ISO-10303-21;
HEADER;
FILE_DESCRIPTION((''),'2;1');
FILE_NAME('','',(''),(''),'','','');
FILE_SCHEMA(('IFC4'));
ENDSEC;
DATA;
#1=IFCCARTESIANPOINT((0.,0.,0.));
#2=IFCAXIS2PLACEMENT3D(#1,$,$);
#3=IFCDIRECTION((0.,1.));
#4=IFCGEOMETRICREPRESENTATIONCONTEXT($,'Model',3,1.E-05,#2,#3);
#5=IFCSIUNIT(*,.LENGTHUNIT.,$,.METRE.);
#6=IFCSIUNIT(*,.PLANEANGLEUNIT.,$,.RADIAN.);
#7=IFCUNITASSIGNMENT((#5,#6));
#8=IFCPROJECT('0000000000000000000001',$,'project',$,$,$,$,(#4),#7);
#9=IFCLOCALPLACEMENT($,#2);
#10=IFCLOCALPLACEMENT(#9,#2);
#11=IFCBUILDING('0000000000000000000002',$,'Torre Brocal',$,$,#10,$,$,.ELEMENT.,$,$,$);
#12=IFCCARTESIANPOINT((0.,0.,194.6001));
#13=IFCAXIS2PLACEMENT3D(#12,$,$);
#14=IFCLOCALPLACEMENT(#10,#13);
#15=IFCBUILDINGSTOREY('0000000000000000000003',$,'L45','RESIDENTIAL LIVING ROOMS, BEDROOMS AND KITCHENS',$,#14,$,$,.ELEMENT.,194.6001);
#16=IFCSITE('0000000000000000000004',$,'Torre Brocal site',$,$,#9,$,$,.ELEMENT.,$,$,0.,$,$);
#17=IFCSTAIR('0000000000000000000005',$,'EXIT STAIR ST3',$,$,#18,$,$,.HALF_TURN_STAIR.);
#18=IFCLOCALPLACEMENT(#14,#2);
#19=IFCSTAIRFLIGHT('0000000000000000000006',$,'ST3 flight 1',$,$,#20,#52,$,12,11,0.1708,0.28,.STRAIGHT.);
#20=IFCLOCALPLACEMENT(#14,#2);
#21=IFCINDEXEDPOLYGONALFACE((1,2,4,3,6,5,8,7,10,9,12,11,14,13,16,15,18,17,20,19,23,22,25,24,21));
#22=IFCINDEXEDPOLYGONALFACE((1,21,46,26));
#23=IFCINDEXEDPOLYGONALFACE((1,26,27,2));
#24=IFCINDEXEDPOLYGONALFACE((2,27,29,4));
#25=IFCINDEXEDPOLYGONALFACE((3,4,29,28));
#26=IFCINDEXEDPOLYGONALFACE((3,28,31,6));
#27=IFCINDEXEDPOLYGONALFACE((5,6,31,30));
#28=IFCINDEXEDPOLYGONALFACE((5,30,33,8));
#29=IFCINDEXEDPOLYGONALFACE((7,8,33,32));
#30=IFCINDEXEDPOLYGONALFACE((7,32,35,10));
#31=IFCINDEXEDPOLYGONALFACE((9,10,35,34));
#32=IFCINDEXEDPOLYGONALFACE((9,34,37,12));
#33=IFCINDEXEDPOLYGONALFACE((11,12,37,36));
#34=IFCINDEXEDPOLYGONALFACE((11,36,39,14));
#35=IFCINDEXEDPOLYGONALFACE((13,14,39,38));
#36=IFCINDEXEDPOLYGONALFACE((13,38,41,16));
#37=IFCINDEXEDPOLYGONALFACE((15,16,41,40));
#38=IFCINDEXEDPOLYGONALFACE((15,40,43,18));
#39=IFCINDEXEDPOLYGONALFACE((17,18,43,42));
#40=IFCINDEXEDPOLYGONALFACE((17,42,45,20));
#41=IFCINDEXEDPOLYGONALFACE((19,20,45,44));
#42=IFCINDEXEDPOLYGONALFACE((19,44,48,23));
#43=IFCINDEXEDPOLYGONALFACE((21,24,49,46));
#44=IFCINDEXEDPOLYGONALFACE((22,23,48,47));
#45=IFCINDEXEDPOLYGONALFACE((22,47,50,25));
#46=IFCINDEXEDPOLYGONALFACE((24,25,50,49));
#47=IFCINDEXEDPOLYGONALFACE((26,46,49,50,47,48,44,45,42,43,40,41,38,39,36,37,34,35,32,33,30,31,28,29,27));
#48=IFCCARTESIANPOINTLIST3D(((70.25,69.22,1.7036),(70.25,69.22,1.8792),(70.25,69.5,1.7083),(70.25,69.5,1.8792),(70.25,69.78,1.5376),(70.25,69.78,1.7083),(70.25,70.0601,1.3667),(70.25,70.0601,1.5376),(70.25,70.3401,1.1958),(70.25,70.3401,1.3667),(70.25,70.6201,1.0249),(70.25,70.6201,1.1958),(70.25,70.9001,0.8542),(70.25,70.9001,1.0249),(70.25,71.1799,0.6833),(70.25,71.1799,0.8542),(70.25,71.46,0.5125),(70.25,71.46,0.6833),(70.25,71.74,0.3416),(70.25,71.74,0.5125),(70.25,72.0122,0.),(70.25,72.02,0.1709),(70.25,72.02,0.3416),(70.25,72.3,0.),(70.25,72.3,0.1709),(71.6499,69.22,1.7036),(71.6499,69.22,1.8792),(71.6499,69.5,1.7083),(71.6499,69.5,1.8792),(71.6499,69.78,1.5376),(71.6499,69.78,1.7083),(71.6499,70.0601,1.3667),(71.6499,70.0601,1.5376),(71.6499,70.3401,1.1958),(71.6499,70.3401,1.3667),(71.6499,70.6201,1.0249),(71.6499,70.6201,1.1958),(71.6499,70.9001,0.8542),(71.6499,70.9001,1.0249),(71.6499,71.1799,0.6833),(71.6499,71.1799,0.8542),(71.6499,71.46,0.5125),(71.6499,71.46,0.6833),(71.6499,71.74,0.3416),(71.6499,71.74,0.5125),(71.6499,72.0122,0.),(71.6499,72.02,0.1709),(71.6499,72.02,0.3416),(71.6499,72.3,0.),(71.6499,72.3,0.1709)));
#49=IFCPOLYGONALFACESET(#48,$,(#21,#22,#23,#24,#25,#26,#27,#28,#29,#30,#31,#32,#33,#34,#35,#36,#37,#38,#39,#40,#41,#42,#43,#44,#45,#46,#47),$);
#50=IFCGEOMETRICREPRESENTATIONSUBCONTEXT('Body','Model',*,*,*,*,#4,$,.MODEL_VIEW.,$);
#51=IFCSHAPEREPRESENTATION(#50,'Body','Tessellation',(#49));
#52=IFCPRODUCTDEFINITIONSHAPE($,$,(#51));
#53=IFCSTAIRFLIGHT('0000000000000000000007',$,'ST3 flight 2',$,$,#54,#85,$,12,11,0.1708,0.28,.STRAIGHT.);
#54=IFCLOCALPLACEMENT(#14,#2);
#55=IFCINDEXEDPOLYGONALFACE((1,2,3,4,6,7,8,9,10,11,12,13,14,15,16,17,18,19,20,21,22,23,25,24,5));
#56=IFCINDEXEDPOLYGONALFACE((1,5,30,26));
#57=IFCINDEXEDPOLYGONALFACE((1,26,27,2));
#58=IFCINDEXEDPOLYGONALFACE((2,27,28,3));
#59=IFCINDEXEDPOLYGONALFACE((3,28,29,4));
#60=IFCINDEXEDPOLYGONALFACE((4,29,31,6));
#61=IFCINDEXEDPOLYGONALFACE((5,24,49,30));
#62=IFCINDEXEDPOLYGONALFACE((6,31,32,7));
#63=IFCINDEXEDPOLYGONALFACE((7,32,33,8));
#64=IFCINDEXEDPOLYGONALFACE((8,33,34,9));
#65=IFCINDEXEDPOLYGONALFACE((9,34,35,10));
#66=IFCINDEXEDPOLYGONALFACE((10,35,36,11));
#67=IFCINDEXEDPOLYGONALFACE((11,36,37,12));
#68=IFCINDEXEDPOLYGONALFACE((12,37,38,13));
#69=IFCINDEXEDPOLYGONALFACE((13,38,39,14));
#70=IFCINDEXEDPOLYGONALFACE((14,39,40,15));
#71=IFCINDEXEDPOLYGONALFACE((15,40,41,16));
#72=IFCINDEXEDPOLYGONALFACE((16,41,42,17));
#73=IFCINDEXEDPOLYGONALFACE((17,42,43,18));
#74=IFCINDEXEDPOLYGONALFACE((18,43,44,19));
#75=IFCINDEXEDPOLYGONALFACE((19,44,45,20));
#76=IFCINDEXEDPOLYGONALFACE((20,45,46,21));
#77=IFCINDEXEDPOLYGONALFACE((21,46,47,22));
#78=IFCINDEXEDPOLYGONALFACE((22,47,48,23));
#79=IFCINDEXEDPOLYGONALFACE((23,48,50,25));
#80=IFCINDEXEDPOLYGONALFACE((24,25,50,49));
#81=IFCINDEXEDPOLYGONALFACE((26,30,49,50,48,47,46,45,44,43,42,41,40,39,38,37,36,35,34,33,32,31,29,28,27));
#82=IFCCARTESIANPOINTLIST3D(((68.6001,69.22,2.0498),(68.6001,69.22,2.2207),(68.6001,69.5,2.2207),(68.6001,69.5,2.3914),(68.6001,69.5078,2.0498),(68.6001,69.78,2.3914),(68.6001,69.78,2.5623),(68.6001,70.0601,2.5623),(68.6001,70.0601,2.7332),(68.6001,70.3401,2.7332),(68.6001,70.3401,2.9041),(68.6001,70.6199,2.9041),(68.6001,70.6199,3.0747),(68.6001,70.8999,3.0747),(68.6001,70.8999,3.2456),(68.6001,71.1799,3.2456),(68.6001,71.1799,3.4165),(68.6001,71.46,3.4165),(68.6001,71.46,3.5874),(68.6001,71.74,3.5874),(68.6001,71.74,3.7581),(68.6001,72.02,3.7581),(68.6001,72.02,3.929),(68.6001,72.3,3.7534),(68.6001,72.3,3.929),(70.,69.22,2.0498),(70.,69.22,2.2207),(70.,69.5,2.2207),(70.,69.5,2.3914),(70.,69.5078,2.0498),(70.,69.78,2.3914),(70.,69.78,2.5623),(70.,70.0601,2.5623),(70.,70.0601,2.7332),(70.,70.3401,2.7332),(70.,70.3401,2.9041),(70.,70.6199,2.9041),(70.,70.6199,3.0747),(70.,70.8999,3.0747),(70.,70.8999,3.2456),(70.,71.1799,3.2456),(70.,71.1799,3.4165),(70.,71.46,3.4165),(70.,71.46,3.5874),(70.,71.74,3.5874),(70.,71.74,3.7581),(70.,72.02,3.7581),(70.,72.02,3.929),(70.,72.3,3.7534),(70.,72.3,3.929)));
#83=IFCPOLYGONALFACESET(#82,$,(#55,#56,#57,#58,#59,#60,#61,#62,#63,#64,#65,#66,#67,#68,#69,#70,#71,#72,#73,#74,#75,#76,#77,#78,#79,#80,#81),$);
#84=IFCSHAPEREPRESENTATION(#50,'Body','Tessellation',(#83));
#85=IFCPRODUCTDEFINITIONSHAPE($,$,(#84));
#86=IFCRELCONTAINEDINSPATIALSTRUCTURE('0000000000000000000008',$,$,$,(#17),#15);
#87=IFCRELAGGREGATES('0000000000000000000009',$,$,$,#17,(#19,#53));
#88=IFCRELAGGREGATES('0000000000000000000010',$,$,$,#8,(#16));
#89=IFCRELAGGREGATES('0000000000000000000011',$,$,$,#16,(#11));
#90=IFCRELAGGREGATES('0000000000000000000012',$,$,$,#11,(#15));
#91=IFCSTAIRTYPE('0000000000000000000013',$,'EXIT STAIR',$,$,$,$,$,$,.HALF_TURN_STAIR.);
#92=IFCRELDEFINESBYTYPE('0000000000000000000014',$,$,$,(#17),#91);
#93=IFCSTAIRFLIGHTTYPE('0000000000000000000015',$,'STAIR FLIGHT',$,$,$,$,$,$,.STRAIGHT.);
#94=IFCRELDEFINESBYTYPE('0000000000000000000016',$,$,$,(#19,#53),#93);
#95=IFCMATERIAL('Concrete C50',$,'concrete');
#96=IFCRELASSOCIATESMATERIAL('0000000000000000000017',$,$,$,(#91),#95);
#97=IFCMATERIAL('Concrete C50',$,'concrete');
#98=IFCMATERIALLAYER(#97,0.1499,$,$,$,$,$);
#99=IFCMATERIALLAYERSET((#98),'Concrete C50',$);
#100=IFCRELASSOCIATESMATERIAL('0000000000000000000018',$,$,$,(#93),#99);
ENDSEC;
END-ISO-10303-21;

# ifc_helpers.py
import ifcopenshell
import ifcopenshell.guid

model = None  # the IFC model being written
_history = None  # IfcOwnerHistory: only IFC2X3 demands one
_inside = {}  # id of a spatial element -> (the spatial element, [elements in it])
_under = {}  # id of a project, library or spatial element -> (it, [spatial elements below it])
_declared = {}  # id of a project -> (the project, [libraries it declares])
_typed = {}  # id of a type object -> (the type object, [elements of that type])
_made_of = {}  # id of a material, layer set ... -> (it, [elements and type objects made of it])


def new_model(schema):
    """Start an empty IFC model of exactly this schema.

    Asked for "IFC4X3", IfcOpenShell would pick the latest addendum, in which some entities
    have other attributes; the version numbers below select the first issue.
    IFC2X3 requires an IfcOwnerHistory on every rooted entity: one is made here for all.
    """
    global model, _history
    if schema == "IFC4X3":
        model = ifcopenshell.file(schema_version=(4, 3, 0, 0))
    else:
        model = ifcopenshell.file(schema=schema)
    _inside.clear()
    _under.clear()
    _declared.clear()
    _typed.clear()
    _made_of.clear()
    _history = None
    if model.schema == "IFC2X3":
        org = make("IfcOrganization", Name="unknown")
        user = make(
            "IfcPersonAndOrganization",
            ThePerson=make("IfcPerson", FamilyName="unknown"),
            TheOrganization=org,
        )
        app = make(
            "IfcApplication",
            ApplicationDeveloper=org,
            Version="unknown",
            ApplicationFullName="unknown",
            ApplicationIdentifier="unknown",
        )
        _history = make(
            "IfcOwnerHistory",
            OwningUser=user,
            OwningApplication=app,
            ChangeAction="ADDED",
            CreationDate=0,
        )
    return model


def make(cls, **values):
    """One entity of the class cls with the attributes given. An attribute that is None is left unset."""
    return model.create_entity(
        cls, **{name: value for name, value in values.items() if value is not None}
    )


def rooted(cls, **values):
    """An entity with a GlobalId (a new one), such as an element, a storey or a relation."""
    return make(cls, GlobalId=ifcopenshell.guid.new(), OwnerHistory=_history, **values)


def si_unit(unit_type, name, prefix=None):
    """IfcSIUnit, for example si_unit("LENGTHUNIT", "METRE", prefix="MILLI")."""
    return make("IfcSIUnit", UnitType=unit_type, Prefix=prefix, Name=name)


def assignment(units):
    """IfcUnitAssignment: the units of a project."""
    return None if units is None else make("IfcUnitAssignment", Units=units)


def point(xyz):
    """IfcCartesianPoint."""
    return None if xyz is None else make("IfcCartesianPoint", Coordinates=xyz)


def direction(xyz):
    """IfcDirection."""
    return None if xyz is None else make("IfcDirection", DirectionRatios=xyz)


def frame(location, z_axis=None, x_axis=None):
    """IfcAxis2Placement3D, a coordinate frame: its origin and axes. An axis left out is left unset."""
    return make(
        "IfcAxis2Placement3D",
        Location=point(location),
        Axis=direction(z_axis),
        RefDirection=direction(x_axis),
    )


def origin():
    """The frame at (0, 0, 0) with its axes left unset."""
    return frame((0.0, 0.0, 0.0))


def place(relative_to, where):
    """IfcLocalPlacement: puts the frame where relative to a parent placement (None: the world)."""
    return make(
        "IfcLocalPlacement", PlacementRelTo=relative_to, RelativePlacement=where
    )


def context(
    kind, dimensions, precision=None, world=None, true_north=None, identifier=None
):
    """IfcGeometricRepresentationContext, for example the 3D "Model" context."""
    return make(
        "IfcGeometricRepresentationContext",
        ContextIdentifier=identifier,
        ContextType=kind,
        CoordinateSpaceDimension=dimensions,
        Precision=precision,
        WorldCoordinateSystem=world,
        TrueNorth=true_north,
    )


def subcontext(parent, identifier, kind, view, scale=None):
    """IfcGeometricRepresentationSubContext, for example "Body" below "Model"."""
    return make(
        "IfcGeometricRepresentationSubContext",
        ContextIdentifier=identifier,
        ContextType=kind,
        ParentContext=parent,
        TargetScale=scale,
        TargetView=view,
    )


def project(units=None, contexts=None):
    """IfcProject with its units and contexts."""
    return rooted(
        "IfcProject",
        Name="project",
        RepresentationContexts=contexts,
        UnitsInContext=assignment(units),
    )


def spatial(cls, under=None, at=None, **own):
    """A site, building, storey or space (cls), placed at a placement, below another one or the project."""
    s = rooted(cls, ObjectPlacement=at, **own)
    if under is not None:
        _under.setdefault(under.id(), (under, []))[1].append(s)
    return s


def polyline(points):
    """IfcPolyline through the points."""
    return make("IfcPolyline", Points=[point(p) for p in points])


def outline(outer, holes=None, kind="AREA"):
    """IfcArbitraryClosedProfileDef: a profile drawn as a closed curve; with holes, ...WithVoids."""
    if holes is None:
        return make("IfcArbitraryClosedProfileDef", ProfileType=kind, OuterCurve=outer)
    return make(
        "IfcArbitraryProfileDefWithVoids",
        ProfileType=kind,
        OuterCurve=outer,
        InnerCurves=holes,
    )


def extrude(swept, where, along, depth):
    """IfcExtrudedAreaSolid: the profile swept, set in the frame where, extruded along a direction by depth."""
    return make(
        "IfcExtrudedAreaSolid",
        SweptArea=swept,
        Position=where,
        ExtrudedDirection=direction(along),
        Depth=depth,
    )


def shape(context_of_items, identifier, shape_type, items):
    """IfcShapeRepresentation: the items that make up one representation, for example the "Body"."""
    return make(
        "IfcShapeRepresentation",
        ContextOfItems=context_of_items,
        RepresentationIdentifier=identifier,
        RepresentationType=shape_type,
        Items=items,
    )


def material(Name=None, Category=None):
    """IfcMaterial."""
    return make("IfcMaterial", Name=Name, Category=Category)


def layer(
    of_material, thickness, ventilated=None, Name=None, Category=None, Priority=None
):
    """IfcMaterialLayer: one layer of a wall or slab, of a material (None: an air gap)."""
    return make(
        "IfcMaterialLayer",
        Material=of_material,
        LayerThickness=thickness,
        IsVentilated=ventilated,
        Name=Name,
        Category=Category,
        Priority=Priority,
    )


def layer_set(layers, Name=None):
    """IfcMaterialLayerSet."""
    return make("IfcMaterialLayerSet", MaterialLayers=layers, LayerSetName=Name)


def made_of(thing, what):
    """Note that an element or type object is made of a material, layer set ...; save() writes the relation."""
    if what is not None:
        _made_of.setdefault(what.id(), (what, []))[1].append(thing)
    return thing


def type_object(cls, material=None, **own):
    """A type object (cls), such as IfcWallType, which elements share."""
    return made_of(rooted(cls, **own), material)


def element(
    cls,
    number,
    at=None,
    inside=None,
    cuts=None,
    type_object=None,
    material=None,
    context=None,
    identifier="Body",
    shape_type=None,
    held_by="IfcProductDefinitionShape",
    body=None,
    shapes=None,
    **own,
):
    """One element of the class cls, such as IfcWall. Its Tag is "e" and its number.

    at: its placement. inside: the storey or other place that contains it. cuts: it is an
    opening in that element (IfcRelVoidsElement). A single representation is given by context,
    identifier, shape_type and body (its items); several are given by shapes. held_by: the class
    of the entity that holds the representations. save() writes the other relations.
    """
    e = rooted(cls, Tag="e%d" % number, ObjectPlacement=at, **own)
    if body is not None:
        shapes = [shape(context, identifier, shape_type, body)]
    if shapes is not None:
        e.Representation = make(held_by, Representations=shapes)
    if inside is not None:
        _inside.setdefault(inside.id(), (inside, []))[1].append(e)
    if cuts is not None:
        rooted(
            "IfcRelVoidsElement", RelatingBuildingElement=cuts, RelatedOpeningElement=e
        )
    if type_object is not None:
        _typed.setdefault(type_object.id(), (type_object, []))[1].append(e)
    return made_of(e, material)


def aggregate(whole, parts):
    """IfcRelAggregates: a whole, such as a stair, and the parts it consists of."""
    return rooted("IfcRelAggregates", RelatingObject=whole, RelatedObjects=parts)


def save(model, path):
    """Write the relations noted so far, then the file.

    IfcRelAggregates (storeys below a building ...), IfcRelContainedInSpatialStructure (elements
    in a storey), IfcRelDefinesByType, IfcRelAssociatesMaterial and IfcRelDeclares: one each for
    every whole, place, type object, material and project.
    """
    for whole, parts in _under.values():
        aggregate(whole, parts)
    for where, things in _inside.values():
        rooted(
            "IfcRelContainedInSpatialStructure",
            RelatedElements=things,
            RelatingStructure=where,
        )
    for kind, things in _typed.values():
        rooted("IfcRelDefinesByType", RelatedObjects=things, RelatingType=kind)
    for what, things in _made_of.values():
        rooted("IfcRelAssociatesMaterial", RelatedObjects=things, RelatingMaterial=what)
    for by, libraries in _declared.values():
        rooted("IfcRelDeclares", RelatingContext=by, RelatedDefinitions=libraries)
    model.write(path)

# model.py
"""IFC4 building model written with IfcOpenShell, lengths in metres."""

from ifc_helpers import new_model, si_unit, direction, frame, origin, place, context, subcontext, project, spatial, polyline, outline, extrude, material, layer, layer_set, type_object, element, aggregate, save


model = new_model("IFC4")

# Units and contexts
model_context = context("Model", 3, precision=1e-05, world=origin(), true_north=direction((0.0, 1.0)))
body_context = subcontext(model_context, "Body", "Model", "MODEL_VIEW")
ifc_project = project(units=[si_unit("LENGTHUNIT", "METRE"), si_unit("PLANEANGLEUNIT", "RADIAN")], contexts=[model_context])

# Site, building, storey
site_placement = place(None, origin())
site = spatial("IfcSite", under=ifc_project, at=site_placement, Name="Torre Brocal site", CompositionType="ELEMENT", RefElevation=0.0)
building_placement = place(site_placement, origin())
building = spatial("IfcBuilding", under=site, at=building_placement, Name="Torre Brocal", CompositionType="ELEMENT")
storey_placement = place(building_placement, frame((0.0, 0.0, 194.6001)))
storey = spatial("IfcBuildingStorey", under=building, at=storey_placement, Name="L45", Description="RESIDENTIAL LIVING ROOMS, BEDROOMS AND KITCHENS", CompositionType="ELEMENT", Elevation=194.6001)

# Stair, stair flights
ifc_material_1 = material(Name="Concrete C50", Category="concrete")
stair_type = type_object("IfcStairType", Name="EXIT STAIR", PredefinedType="HALF_TURN_STAIR", material=ifc_material_1)
stair_placement = place(storey_placement, origin())
stair = element("IfcStair", 1, at=stair_placement, inside=storey, type_object=stair_type, Name="EXIT STAIR ST3", PredefinedType="HALF_TURN_STAIR")
ifc_material_2 = material(Name="Concrete C50", Category="concrete")
ifc_layer_1 = layer(ifc_material_2, 0.1499)
ifc_layer_set_1 = layer_set([ifc_layer_1], Name="Concrete C50")
stair_flight_type = type_object("IfcStairFlightType", Name="STAIR FLIGHT", PredefinedType="STRAIGHT", material=ifc_layer_set_1)
stair_flight_1_placement = place(storey_placement, frame((70.95, 72.3, 0.0), z_axis=(0.0, 0.0, 1.0), x_axis=(0.0, -1.0, 0.0)))
stair_flight_1 = element("IfcStairFlight", 2, at=stair_flight_1_placement, type_object=stair_flight_type, Name="ST3 flight 1", NumberOfRisers=12, NumberOfTreads=11, PredefinedType="STRAIGHT", RiserHeight=0.1708, TreadLength=0.28, context=body_context, shape_type="SweptSolid", body=[
    extrude(outline(polyline([(0.0, 0.0), (0.0, 0.1709), (0.28, 0.1709), (0.28, 0.3416), (0.5601, 0.3416), (0.5601, 0.5125), (0.8401, 0.5125), (0.8401, 0.6833), (1.1201, 0.6833), (1.1201, 0.8542), (1.3999, 0.8542), (1.3999, 1.0249), (1.6799, 1.0249), (1.6799, 1.1958), (1.96, 1.1958), (1.96, 1.3667), (2.24, 1.3667), (2.24, 1.5376), (2.52, 1.5376), (2.52, 1.7083), (2.8, 1.7083), (2.8, 1.8792), (3.0801, 1.8792), (3.0801, 2.05), (3.0801, 1.7036), (0.2878, 0.0), (0.0, 0.0)])), frame((0.0, 0.7, 0.0), z_axis=(0.0, -1.0, 0.0), x_axis=(1.0, 0.0, 0.0)), (0.0, 0.0, 1.0), 1.3999),
])
stair_flight_2_placement = place(storey_placement, frame((69.3, 69.22, 2.0498), z_axis=(0.0, 0.0, 1.0), x_axis=(0.0, 1.0, 0.0)))
stair_flight_2 = element("IfcStairFlight", 3, at=stair_flight_2_placement, type_object=stair_flight_type, Name="ST3 flight 2", NumberOfRisers=12, NumberOfTreads=11, PredefinedType="STRAIGHT", RiserHeight=0.1708, TreadLength=0.28, context=body_context, shape_type="SweptSolid", body=[
    extrude(outline(polyline([(0.0, 0.0), (0.0, 0.1709), (0.28, 0.1709), (0.28, 0.3416), (0.5601, 0.3416), (0.5601, 0.5125), (0.8401, 0.5125), (0.8401, 0.6833), (1.1201, 0.6833), (1.1201, 0.8542), (1.3999, 0.8542), (1.3999, 1.0249), (1.6799, 1.0249), (1.6799, 1.1958), (1.96, 1.1958), (1.96, 1.3667), (2.24, 1.3667), (2.24, 1.5376), (2.52, 1.5376), (2.52, 1.7083), (2.8, 1.7083), (2.8, 1.8792), (3.0801, 1.8792), (3.0801, 2.05), (3.0801, 1.7036), (0.2878, 0.0), (0.0, 0.0)])), frame((0.0, 0.7, 0.0), z_axis=(0.0, -1.0, 0.0), x_axis=(1.0, 0.0, 0.0)), (0.0, 0.0, 1.0), 1.3999),
])
aggregate(stair, [stair_flight_1, stair_flight_2])

save(model, "model.ifc")
